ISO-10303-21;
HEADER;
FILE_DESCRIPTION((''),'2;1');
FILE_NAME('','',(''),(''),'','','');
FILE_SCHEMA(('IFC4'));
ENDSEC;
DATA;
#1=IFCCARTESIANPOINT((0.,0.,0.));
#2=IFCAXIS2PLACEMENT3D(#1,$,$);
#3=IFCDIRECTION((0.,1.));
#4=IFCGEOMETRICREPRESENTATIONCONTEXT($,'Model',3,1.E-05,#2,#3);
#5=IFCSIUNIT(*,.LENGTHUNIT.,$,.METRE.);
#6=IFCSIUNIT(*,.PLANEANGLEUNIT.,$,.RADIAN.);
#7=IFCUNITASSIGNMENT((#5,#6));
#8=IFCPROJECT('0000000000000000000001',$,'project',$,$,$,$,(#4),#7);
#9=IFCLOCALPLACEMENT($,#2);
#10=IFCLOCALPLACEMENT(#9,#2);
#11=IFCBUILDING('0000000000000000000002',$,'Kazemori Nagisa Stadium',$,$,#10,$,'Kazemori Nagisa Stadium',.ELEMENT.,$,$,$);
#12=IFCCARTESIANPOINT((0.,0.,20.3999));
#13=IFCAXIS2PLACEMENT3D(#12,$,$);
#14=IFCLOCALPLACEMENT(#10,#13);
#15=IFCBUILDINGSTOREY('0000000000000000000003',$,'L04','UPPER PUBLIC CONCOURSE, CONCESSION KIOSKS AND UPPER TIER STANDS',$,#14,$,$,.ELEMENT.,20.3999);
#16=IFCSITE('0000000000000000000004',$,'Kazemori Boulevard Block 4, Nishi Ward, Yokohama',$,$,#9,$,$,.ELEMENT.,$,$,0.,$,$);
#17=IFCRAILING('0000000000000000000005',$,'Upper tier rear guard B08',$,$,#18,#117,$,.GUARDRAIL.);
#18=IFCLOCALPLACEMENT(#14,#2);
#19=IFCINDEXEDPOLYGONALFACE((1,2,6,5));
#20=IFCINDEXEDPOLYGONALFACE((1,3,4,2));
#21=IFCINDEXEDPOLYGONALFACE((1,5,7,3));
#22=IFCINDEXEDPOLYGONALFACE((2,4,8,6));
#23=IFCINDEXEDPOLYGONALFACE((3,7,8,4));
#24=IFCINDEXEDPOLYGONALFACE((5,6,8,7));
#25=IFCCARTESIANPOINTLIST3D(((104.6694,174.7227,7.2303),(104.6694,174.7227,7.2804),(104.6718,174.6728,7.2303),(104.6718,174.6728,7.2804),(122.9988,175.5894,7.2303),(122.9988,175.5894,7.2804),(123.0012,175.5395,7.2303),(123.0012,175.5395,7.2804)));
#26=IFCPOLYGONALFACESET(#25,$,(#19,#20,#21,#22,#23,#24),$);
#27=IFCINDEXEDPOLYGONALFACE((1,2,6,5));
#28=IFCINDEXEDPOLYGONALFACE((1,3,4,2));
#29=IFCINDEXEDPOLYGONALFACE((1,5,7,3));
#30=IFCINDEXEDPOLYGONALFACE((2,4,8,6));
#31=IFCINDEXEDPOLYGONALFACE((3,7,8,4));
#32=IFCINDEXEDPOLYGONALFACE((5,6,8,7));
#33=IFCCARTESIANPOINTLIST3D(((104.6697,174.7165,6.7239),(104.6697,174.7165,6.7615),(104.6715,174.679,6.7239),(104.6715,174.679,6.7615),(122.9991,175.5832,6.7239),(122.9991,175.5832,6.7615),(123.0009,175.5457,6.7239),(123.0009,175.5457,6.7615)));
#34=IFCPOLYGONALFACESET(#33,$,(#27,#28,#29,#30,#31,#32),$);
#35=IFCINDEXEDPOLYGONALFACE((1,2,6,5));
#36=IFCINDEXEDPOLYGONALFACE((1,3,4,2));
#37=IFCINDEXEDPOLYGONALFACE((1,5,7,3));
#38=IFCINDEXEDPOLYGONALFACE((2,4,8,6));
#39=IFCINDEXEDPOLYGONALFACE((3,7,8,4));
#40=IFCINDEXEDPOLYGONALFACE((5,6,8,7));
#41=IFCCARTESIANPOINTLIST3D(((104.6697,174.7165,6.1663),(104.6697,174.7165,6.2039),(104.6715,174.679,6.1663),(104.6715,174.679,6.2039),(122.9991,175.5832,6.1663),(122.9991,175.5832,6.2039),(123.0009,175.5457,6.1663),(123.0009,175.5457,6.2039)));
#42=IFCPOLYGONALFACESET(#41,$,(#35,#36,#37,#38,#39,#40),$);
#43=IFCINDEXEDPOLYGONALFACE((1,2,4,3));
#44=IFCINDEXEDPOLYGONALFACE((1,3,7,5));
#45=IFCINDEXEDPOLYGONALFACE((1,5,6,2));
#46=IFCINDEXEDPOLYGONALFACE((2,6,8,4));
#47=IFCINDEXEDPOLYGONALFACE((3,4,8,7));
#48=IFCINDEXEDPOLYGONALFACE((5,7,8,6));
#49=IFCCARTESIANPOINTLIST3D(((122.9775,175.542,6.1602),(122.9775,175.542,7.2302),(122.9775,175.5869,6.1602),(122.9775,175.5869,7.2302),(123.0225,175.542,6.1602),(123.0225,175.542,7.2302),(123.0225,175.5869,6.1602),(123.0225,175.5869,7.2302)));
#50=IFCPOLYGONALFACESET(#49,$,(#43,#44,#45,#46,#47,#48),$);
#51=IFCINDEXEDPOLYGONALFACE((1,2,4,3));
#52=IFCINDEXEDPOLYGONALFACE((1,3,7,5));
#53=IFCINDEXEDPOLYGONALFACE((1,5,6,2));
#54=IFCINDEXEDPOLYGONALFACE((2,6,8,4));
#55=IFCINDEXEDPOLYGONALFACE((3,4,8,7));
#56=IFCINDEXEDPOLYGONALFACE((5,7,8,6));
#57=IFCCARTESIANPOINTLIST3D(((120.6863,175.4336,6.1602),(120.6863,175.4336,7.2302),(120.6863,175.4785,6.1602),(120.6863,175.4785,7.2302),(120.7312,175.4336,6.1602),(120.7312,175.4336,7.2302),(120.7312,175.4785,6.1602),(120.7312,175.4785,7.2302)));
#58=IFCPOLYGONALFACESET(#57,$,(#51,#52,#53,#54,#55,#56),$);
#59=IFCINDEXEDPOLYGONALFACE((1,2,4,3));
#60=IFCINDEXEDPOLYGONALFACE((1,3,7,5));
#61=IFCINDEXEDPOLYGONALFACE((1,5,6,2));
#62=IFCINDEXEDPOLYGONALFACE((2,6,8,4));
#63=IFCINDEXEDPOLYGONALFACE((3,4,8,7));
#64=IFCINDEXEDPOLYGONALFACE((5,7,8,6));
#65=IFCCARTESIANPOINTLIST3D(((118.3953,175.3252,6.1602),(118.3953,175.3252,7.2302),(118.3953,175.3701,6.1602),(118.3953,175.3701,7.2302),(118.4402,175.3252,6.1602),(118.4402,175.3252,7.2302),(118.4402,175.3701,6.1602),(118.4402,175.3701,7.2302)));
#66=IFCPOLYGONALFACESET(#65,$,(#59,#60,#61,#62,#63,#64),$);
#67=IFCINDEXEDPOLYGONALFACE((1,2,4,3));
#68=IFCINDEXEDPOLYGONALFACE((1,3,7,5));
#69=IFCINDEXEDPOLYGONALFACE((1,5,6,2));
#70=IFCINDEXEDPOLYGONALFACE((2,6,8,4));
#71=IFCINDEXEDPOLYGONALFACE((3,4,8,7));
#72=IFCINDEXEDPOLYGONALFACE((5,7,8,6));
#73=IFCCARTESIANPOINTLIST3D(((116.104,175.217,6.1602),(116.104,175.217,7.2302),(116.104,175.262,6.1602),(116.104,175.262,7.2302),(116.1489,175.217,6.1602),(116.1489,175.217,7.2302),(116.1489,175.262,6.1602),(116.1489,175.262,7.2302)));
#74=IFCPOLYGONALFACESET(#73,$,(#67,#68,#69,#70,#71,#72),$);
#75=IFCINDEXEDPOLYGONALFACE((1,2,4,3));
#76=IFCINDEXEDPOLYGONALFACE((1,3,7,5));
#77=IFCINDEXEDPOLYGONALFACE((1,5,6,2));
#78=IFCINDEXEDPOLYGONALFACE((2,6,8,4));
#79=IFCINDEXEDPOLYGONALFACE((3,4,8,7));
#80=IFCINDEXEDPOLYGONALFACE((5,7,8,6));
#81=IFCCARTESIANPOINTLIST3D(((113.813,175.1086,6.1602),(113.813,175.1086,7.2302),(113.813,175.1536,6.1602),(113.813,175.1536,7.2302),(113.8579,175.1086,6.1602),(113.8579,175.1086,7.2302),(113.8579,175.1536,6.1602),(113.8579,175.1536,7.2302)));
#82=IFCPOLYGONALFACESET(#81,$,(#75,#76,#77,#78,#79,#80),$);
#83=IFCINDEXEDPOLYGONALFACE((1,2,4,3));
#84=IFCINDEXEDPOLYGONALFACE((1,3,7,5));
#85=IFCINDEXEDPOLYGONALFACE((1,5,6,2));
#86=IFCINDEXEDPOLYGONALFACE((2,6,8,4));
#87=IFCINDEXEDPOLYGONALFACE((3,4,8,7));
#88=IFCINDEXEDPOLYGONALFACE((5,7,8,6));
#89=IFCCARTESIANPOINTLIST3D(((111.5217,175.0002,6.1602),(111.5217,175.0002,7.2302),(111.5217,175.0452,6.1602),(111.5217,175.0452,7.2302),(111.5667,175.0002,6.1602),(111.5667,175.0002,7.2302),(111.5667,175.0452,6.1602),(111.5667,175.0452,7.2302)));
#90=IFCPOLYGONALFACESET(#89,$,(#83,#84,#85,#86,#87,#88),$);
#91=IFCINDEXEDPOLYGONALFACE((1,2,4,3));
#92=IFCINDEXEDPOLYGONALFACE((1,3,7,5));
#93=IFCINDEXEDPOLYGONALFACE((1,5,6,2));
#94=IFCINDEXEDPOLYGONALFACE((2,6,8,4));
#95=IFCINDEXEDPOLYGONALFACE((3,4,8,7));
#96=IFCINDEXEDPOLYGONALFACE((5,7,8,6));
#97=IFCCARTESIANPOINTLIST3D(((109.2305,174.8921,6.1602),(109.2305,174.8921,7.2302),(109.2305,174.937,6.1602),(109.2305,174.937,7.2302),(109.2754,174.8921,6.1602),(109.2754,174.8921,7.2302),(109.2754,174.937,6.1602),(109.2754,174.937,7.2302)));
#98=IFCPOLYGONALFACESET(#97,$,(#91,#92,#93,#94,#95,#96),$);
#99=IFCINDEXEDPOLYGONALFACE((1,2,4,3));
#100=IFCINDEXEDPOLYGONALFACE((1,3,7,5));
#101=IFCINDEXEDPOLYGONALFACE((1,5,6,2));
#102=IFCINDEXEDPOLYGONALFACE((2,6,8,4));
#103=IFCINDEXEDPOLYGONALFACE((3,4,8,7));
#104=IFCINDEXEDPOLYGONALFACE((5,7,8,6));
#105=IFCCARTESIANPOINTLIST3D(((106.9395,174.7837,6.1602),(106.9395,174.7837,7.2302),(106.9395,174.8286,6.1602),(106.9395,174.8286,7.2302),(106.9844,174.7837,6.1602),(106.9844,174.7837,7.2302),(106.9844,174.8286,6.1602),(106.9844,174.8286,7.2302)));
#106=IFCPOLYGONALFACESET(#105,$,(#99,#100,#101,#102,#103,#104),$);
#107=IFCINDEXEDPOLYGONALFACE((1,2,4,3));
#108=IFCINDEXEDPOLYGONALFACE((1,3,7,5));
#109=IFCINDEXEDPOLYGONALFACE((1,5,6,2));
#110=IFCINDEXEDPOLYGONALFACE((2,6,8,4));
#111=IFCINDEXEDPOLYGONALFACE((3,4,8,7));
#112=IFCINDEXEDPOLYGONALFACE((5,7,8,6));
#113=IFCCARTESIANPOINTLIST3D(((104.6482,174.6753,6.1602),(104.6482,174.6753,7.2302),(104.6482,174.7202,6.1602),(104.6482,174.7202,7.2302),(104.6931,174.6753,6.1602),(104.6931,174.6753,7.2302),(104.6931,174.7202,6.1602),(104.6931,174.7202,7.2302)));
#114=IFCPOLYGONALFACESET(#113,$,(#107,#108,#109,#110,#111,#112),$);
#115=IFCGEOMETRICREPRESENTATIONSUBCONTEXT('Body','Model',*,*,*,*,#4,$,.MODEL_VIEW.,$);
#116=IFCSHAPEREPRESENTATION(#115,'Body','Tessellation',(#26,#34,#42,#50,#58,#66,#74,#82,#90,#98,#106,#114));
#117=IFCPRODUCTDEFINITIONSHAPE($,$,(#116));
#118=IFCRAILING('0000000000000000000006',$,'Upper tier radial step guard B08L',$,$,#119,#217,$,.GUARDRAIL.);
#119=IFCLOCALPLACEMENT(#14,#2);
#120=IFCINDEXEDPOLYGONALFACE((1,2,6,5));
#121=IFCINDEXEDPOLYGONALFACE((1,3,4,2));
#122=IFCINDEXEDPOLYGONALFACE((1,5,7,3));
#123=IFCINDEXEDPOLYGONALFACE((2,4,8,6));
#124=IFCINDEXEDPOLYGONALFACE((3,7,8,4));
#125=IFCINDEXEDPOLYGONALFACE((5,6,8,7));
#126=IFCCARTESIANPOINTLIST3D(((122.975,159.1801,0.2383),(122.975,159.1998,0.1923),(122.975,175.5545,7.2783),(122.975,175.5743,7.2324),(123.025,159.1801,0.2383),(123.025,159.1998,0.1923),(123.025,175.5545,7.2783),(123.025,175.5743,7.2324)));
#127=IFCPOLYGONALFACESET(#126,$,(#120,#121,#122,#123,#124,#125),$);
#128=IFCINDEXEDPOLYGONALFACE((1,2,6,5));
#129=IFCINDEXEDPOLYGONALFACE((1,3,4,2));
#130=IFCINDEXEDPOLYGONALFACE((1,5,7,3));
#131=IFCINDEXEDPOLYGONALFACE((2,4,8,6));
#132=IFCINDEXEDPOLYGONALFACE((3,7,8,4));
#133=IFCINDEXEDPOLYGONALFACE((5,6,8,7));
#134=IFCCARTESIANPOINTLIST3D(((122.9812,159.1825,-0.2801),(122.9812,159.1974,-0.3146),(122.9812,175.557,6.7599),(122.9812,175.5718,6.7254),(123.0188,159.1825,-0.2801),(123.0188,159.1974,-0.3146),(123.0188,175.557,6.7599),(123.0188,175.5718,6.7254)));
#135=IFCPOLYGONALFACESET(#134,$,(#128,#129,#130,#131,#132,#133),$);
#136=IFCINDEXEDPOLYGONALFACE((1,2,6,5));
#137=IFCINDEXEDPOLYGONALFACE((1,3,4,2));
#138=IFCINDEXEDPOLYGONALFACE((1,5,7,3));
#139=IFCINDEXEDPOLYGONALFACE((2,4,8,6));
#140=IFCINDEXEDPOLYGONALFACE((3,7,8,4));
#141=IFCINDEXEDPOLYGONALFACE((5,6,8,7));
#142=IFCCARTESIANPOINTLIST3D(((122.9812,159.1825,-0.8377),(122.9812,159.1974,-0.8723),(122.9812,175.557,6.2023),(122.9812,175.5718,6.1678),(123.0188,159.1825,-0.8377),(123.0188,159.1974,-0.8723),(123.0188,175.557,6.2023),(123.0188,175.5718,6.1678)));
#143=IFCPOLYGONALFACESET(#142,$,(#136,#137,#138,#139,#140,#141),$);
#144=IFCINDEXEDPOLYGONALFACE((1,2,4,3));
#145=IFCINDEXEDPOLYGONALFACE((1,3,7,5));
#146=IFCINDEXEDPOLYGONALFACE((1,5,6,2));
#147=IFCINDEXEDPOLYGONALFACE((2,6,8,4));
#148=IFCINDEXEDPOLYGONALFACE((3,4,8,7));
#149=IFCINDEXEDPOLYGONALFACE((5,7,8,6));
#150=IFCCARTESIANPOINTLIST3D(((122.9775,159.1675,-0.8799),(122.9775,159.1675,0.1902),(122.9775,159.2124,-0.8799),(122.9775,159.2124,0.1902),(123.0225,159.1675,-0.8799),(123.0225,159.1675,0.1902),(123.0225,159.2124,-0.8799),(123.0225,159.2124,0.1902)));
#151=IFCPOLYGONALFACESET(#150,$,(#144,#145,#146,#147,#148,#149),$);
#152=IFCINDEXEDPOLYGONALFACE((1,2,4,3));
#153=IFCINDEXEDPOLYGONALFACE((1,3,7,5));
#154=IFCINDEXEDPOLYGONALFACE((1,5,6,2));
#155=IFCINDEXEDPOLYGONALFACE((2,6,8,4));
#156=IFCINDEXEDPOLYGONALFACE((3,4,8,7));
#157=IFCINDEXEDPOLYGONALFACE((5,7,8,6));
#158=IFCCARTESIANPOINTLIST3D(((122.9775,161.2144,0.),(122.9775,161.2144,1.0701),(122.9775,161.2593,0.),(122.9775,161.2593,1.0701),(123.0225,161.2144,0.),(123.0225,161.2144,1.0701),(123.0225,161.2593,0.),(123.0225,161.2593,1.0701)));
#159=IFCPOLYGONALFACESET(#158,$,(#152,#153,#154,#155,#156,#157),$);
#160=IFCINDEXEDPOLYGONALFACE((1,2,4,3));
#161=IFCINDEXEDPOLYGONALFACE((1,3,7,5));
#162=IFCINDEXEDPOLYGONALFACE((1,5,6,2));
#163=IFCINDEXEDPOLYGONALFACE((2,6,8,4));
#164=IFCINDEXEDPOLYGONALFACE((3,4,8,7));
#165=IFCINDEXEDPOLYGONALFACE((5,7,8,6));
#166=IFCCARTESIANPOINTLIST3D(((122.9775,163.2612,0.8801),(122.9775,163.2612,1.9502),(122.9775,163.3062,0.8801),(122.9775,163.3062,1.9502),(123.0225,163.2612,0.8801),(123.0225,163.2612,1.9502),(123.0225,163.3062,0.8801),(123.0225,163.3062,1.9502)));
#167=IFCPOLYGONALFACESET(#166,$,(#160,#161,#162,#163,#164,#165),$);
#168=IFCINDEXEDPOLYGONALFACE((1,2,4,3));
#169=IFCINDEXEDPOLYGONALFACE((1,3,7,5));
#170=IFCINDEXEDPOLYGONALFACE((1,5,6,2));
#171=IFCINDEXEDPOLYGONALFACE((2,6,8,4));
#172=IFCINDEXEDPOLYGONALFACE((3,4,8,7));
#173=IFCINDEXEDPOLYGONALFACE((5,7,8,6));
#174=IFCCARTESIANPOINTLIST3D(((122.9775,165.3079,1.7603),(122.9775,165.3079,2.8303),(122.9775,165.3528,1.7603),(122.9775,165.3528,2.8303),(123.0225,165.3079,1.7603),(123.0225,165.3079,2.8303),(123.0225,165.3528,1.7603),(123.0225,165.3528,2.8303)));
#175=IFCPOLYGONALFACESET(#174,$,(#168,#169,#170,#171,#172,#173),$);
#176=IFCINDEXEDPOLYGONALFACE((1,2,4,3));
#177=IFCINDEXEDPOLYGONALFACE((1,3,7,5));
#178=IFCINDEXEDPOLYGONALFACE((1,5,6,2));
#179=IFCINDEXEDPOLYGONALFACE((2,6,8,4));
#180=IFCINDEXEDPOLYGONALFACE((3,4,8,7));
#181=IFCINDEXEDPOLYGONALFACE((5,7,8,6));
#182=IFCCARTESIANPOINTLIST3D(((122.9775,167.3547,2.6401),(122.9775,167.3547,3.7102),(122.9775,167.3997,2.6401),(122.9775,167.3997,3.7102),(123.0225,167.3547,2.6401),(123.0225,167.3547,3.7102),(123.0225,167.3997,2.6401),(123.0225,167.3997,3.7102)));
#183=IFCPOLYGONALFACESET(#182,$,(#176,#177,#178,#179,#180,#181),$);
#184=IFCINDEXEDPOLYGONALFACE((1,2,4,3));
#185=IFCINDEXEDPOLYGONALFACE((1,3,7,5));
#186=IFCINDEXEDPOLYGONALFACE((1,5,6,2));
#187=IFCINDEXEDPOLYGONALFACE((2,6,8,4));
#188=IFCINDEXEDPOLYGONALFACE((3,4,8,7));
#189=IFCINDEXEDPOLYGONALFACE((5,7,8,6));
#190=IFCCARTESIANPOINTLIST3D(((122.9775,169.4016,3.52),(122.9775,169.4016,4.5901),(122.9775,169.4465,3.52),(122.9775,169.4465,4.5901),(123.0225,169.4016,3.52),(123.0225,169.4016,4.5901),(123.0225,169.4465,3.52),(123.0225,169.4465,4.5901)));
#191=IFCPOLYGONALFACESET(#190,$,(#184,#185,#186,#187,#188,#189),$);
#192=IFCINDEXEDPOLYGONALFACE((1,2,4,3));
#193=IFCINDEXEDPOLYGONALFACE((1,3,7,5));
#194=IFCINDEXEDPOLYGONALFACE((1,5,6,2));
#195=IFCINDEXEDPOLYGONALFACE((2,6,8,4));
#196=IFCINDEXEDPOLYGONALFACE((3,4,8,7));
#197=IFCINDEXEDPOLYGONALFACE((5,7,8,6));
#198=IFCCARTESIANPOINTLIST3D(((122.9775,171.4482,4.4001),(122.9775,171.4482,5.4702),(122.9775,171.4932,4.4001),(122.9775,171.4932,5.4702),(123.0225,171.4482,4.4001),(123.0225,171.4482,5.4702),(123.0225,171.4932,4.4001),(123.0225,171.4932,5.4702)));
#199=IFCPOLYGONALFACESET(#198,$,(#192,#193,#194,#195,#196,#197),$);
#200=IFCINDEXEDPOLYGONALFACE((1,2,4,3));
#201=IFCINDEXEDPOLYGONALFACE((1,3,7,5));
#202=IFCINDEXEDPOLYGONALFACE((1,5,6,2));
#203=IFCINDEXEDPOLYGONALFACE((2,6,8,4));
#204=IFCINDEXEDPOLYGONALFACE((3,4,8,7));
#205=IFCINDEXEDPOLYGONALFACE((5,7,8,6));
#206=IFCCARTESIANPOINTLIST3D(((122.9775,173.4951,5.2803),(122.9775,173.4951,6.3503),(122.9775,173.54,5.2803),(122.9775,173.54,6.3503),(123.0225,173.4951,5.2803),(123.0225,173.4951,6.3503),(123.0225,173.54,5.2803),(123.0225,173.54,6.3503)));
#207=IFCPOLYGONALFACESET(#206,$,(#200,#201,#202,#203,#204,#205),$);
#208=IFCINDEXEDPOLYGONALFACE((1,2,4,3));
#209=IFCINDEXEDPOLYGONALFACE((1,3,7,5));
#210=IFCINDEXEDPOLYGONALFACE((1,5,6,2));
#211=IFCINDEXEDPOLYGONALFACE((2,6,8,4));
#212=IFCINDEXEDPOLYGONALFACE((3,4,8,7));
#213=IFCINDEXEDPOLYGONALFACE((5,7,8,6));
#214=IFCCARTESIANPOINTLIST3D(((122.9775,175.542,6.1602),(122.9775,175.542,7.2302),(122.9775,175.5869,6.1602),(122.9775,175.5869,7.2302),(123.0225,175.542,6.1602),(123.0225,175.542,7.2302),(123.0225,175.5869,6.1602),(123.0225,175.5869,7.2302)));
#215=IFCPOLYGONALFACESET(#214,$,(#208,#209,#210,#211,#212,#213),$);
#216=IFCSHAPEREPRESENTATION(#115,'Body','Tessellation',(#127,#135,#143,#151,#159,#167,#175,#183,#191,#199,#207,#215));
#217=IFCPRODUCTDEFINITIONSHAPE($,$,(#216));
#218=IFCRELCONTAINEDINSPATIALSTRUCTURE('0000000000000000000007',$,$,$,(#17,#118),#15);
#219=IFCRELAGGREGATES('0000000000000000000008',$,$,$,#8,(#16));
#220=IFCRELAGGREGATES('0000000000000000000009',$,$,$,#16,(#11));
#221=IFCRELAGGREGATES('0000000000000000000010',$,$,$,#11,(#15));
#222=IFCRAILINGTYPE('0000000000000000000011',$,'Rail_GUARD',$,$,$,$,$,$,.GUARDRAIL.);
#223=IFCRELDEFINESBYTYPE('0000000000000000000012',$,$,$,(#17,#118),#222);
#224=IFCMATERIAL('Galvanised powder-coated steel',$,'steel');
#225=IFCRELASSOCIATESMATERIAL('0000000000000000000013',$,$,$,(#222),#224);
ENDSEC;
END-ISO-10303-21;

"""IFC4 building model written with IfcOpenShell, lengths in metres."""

from ifc_helpers import new_model, si_unit, direction, frame, origin, origin_2d, place, context, subcontext, project, spatial, rectangle, extrude, material, type_object, element, save


model = new_model("IFC4")

# Units and contexts
model_context = context("Model", 3, precision=1e-05, world=origin(), true_north=direction((0.0, 1.0)))
body_context = subcontext(model_context, "Body", "Model", "MODEL_VIEW")
ifc_project = project(units=[si_unit("LENGTHUNIT", "METRE"), si_unit("PLANEANGLEUNIT", "RADIAN")], contexts=[model_context])

# Site, building, storey
site_placement = place(None, origin())
site = spatial("IfcSite", under=ifc_project, at=site_placement, Name="Kazemori Boulevard Block 4, Nishi Ward, Yokohama", CompositionType="ELEMENT", RefElevation=0.0)
building_placement = place(site_placement, origin())
building = spatial("IfcBuilding", under=site, at=building_placement, Name="Kazemori Nagisa Stadium", LongName="Kazemori Nagisa Stadium", CompositionType="ELEMENT")
storey_placement = place(building_placement, frame((0.0, 0.0, 20.3999)))
storey = spatial("IfcBuildingStorey", under=building, at=storey_placement, Name="L04", Description="UPPER PUBLIC CONCOURSE, CONCESSION KIOSKS AND UPPER TIER STANDS", CompositionType="ELEMENT", Elevation=20.3999)

# Railings
ifc_material_1 = material(Name="Galvanised powder-coated steel", Category="steel")
railing_type_1 = type_object("IfcRailingType", Name="Rail_GUARD", PredefinedType="GUARDRAIL", material=ifc_material_1)
railing_1_placement = place(storey_placement, frame((123.0, 175.5645, 6.1602)))
element("IfcRailing", 1, at=railing_1_placement, inside=storey, type_object=railing_type_1, Name="Upper tier rear guard B08", PredefinedType="GUARDRAIL", context=body_context, shape_type="SweptSolid", body=[
    extrude(rectangle(XDim=0.05, YDim=0.05, at=origin_2d()), frame((0.0, 0.0, 1.0952), z_axis=(-0.998884, -0.047232, 0.0), x_axis=(0.047232, -0.998884, 0.0)), (0.0, 0.0, 1.0), 18.3499),
    extrude(rectangle(XDim=0.0376, YDim=0.0376, at=origin_2d()), frame((0.0, 0.0, 0.5825), z_axis=(-0.998884, -0.047232, 0.0), x_axis=(0.047232, -0.998884, 0.0)), (0.0, 0.0, 1.0), 18.3499),
    extrude(rectangle(XDim=0.0376, YDim=0.0376, at=origin_2d()), frame((0.0, 0.0, 0.0249), z_axis=(-0.998884, -0.047232, 0.0), x_axis=(0.047232, -0.998884, 0.0)), (0.0, 0.0, 1.0), 18.3499),
    extrude(rectangle(XDim=0.0449, YDim=0.0449, at=origin_2d()), origin(), (0.0, 0.0, 1.0), 1.0701),
    extrude(rectangle(XDim=0.0449, YDim=0.0449, at=origin_2d()), frame((-2.2913, -0.1084, 0.0)), (0.0, 0.0, 1.0), 1.0701),
    extrude(rectangle(XDim=0.0449, YDim=0.0449, at=origin_2d()), frame((-4.5823, -0.2168, 0.0)), (0.0, 0.0, 1.0), 1.0701),
    extrude(rectangle(XDim=0.0449, YDim=0.0449, at=origin_2d()), frame((-6.8735, -0.325, 0.0)), (0.0, 0.0, 1.0), 1.0701),
    extrude(rectangle(XDim=0.0449, YDim=0.0449, at=origin_2d()), frame((-9.1646, -0.4333, 0.0)), (0.0, 0.0, 1.0), 1.0701),
    extrude(rectangle(XDim=0.0449, YDim=0.0449, at=origin_2d()), frame((-11.4558, -0.5417, 0.0)), (0.0, 0.0, 1.0), 1.0701),
    extrude(rectangle(XDim=0.0449, YDim=0.0449, at=origin_2d()), frame((-13.7471, -0.6499, 0.0)), (0.0, 0.0, 1.0), 1.0701),
    extrude(rectangle(XDim=0.0449, YDim=0.0449, at=origin_2d()), frame((-16.0381, -0.7583, 0.0)), (0.0, 0.0, 1.0), 1.0701),
    extrude(rectangle(XDim=0.0449, YDim=0.0449, at=origin_2d()), frame((-18.3293, -0.8667, 0.0)), (0.0, 0.0, 1.0), 1.0701),
])
railing_2_placement = place(storey_placement, frame((123.0, 159.1899, -0.8799)))
element("IfcRailing", 2, at=railing_2_placement, inside=storey, type_object=railing_type_1, Name="Upper tier radial step guard B08L", PredefinedType="GUARDRAIL", context=body_context, shape_type="SweptSolid", body=[
    extrude(rectangle(XDim=0.05, YDim=0.05, at=origin_2d()), frame((0.0, 0.0, 1.0952), z_axis=(0.0, 0.91869, 0.39498), x_axis=(-1.0, 0.0, 0.0)), (0.0, 0.0, 1.0), 17.8237),
    extrude(rectangle(XDim=0.0376, YDim=0.0376, at=origin_2d()), frame((0.0, 0.0, 0.5825), z_axis=(0.0, 0.91869, 0.39498), x_axis=(-1.0, 0.0, 0.0)), (0.0, 0.0, 1.0), 17.8237),
    extrude(rectangle(XDim=0.0376, YDim=0.0376, at=origin_2d()), frame((0.0, 0.0, 0.0249), z_axis=(0.0, 0.91869, 0.39498), x_axis=(-1.0, 0.0, 0.0)), (0.0, 0.0, 1.0), 17.8237),
    extrude(rectangle(XDim=0.0449, YDim=0.0449, at=origin_2d()), origin(), (0.0, 0.0, 1.0), 1.0701),
    extrude(rectangle(XDim=0.0449, YDim=0.0449, at=origin_2d()), frame((0.0, 2.0469, 0.8799)), (0.0, 0.0, 1.0), 1.0701),
    extrude(rectangle(XDim=0.0449, YDim=0.0449, at=origin_2d()), frame((0.0, 4.0938, 1.76)), (0.0, 0.0, 1.0), 1.0701),
    extrude(rectangle(XDim=0.0449, YDim=0.0449, at=origin_2d()), frame((0.0, 6.1404, 2.6401)), (0.0, 0.0, 1.0), 1.0701),
    extrude(rectangle(XDim=0.0449, YDim=0.0449, at=origin_2d()), frame((0.0, 8.1873, 3.52)), (0.0, 0.0, 1.0), 1.0701),
    extrude(rectangle(XDim=0.0449, YDim=0.0449, at=origin_2d()), frame((0.0, 10.2341, 4.3999)), (0.0, 0.0, 1.0), 1.0701),
    extrude(rectangle(XDim=0.0449, YDim=0.0449, at=origin_2d()), frame((0.0, 12.2808, 5.28)), (0.0, 0.0, 1.0), 1.0701),
    extrude(rectangle(XDim=0.0449, YDim=0.0449, at=origin_2d()), frame((0.0, 14.3276, 6.1602)), (0.0, 0.0, 1.0), 1.0701),
    extrude(rectangle(XDim=0.0449, YDim=0.0449, at=origin_2d()), frame((0.0, 16.3745, 7.04)), (0.0, 0.0, 1.0), 1.0701),
])

save(model, "model.ifc")
